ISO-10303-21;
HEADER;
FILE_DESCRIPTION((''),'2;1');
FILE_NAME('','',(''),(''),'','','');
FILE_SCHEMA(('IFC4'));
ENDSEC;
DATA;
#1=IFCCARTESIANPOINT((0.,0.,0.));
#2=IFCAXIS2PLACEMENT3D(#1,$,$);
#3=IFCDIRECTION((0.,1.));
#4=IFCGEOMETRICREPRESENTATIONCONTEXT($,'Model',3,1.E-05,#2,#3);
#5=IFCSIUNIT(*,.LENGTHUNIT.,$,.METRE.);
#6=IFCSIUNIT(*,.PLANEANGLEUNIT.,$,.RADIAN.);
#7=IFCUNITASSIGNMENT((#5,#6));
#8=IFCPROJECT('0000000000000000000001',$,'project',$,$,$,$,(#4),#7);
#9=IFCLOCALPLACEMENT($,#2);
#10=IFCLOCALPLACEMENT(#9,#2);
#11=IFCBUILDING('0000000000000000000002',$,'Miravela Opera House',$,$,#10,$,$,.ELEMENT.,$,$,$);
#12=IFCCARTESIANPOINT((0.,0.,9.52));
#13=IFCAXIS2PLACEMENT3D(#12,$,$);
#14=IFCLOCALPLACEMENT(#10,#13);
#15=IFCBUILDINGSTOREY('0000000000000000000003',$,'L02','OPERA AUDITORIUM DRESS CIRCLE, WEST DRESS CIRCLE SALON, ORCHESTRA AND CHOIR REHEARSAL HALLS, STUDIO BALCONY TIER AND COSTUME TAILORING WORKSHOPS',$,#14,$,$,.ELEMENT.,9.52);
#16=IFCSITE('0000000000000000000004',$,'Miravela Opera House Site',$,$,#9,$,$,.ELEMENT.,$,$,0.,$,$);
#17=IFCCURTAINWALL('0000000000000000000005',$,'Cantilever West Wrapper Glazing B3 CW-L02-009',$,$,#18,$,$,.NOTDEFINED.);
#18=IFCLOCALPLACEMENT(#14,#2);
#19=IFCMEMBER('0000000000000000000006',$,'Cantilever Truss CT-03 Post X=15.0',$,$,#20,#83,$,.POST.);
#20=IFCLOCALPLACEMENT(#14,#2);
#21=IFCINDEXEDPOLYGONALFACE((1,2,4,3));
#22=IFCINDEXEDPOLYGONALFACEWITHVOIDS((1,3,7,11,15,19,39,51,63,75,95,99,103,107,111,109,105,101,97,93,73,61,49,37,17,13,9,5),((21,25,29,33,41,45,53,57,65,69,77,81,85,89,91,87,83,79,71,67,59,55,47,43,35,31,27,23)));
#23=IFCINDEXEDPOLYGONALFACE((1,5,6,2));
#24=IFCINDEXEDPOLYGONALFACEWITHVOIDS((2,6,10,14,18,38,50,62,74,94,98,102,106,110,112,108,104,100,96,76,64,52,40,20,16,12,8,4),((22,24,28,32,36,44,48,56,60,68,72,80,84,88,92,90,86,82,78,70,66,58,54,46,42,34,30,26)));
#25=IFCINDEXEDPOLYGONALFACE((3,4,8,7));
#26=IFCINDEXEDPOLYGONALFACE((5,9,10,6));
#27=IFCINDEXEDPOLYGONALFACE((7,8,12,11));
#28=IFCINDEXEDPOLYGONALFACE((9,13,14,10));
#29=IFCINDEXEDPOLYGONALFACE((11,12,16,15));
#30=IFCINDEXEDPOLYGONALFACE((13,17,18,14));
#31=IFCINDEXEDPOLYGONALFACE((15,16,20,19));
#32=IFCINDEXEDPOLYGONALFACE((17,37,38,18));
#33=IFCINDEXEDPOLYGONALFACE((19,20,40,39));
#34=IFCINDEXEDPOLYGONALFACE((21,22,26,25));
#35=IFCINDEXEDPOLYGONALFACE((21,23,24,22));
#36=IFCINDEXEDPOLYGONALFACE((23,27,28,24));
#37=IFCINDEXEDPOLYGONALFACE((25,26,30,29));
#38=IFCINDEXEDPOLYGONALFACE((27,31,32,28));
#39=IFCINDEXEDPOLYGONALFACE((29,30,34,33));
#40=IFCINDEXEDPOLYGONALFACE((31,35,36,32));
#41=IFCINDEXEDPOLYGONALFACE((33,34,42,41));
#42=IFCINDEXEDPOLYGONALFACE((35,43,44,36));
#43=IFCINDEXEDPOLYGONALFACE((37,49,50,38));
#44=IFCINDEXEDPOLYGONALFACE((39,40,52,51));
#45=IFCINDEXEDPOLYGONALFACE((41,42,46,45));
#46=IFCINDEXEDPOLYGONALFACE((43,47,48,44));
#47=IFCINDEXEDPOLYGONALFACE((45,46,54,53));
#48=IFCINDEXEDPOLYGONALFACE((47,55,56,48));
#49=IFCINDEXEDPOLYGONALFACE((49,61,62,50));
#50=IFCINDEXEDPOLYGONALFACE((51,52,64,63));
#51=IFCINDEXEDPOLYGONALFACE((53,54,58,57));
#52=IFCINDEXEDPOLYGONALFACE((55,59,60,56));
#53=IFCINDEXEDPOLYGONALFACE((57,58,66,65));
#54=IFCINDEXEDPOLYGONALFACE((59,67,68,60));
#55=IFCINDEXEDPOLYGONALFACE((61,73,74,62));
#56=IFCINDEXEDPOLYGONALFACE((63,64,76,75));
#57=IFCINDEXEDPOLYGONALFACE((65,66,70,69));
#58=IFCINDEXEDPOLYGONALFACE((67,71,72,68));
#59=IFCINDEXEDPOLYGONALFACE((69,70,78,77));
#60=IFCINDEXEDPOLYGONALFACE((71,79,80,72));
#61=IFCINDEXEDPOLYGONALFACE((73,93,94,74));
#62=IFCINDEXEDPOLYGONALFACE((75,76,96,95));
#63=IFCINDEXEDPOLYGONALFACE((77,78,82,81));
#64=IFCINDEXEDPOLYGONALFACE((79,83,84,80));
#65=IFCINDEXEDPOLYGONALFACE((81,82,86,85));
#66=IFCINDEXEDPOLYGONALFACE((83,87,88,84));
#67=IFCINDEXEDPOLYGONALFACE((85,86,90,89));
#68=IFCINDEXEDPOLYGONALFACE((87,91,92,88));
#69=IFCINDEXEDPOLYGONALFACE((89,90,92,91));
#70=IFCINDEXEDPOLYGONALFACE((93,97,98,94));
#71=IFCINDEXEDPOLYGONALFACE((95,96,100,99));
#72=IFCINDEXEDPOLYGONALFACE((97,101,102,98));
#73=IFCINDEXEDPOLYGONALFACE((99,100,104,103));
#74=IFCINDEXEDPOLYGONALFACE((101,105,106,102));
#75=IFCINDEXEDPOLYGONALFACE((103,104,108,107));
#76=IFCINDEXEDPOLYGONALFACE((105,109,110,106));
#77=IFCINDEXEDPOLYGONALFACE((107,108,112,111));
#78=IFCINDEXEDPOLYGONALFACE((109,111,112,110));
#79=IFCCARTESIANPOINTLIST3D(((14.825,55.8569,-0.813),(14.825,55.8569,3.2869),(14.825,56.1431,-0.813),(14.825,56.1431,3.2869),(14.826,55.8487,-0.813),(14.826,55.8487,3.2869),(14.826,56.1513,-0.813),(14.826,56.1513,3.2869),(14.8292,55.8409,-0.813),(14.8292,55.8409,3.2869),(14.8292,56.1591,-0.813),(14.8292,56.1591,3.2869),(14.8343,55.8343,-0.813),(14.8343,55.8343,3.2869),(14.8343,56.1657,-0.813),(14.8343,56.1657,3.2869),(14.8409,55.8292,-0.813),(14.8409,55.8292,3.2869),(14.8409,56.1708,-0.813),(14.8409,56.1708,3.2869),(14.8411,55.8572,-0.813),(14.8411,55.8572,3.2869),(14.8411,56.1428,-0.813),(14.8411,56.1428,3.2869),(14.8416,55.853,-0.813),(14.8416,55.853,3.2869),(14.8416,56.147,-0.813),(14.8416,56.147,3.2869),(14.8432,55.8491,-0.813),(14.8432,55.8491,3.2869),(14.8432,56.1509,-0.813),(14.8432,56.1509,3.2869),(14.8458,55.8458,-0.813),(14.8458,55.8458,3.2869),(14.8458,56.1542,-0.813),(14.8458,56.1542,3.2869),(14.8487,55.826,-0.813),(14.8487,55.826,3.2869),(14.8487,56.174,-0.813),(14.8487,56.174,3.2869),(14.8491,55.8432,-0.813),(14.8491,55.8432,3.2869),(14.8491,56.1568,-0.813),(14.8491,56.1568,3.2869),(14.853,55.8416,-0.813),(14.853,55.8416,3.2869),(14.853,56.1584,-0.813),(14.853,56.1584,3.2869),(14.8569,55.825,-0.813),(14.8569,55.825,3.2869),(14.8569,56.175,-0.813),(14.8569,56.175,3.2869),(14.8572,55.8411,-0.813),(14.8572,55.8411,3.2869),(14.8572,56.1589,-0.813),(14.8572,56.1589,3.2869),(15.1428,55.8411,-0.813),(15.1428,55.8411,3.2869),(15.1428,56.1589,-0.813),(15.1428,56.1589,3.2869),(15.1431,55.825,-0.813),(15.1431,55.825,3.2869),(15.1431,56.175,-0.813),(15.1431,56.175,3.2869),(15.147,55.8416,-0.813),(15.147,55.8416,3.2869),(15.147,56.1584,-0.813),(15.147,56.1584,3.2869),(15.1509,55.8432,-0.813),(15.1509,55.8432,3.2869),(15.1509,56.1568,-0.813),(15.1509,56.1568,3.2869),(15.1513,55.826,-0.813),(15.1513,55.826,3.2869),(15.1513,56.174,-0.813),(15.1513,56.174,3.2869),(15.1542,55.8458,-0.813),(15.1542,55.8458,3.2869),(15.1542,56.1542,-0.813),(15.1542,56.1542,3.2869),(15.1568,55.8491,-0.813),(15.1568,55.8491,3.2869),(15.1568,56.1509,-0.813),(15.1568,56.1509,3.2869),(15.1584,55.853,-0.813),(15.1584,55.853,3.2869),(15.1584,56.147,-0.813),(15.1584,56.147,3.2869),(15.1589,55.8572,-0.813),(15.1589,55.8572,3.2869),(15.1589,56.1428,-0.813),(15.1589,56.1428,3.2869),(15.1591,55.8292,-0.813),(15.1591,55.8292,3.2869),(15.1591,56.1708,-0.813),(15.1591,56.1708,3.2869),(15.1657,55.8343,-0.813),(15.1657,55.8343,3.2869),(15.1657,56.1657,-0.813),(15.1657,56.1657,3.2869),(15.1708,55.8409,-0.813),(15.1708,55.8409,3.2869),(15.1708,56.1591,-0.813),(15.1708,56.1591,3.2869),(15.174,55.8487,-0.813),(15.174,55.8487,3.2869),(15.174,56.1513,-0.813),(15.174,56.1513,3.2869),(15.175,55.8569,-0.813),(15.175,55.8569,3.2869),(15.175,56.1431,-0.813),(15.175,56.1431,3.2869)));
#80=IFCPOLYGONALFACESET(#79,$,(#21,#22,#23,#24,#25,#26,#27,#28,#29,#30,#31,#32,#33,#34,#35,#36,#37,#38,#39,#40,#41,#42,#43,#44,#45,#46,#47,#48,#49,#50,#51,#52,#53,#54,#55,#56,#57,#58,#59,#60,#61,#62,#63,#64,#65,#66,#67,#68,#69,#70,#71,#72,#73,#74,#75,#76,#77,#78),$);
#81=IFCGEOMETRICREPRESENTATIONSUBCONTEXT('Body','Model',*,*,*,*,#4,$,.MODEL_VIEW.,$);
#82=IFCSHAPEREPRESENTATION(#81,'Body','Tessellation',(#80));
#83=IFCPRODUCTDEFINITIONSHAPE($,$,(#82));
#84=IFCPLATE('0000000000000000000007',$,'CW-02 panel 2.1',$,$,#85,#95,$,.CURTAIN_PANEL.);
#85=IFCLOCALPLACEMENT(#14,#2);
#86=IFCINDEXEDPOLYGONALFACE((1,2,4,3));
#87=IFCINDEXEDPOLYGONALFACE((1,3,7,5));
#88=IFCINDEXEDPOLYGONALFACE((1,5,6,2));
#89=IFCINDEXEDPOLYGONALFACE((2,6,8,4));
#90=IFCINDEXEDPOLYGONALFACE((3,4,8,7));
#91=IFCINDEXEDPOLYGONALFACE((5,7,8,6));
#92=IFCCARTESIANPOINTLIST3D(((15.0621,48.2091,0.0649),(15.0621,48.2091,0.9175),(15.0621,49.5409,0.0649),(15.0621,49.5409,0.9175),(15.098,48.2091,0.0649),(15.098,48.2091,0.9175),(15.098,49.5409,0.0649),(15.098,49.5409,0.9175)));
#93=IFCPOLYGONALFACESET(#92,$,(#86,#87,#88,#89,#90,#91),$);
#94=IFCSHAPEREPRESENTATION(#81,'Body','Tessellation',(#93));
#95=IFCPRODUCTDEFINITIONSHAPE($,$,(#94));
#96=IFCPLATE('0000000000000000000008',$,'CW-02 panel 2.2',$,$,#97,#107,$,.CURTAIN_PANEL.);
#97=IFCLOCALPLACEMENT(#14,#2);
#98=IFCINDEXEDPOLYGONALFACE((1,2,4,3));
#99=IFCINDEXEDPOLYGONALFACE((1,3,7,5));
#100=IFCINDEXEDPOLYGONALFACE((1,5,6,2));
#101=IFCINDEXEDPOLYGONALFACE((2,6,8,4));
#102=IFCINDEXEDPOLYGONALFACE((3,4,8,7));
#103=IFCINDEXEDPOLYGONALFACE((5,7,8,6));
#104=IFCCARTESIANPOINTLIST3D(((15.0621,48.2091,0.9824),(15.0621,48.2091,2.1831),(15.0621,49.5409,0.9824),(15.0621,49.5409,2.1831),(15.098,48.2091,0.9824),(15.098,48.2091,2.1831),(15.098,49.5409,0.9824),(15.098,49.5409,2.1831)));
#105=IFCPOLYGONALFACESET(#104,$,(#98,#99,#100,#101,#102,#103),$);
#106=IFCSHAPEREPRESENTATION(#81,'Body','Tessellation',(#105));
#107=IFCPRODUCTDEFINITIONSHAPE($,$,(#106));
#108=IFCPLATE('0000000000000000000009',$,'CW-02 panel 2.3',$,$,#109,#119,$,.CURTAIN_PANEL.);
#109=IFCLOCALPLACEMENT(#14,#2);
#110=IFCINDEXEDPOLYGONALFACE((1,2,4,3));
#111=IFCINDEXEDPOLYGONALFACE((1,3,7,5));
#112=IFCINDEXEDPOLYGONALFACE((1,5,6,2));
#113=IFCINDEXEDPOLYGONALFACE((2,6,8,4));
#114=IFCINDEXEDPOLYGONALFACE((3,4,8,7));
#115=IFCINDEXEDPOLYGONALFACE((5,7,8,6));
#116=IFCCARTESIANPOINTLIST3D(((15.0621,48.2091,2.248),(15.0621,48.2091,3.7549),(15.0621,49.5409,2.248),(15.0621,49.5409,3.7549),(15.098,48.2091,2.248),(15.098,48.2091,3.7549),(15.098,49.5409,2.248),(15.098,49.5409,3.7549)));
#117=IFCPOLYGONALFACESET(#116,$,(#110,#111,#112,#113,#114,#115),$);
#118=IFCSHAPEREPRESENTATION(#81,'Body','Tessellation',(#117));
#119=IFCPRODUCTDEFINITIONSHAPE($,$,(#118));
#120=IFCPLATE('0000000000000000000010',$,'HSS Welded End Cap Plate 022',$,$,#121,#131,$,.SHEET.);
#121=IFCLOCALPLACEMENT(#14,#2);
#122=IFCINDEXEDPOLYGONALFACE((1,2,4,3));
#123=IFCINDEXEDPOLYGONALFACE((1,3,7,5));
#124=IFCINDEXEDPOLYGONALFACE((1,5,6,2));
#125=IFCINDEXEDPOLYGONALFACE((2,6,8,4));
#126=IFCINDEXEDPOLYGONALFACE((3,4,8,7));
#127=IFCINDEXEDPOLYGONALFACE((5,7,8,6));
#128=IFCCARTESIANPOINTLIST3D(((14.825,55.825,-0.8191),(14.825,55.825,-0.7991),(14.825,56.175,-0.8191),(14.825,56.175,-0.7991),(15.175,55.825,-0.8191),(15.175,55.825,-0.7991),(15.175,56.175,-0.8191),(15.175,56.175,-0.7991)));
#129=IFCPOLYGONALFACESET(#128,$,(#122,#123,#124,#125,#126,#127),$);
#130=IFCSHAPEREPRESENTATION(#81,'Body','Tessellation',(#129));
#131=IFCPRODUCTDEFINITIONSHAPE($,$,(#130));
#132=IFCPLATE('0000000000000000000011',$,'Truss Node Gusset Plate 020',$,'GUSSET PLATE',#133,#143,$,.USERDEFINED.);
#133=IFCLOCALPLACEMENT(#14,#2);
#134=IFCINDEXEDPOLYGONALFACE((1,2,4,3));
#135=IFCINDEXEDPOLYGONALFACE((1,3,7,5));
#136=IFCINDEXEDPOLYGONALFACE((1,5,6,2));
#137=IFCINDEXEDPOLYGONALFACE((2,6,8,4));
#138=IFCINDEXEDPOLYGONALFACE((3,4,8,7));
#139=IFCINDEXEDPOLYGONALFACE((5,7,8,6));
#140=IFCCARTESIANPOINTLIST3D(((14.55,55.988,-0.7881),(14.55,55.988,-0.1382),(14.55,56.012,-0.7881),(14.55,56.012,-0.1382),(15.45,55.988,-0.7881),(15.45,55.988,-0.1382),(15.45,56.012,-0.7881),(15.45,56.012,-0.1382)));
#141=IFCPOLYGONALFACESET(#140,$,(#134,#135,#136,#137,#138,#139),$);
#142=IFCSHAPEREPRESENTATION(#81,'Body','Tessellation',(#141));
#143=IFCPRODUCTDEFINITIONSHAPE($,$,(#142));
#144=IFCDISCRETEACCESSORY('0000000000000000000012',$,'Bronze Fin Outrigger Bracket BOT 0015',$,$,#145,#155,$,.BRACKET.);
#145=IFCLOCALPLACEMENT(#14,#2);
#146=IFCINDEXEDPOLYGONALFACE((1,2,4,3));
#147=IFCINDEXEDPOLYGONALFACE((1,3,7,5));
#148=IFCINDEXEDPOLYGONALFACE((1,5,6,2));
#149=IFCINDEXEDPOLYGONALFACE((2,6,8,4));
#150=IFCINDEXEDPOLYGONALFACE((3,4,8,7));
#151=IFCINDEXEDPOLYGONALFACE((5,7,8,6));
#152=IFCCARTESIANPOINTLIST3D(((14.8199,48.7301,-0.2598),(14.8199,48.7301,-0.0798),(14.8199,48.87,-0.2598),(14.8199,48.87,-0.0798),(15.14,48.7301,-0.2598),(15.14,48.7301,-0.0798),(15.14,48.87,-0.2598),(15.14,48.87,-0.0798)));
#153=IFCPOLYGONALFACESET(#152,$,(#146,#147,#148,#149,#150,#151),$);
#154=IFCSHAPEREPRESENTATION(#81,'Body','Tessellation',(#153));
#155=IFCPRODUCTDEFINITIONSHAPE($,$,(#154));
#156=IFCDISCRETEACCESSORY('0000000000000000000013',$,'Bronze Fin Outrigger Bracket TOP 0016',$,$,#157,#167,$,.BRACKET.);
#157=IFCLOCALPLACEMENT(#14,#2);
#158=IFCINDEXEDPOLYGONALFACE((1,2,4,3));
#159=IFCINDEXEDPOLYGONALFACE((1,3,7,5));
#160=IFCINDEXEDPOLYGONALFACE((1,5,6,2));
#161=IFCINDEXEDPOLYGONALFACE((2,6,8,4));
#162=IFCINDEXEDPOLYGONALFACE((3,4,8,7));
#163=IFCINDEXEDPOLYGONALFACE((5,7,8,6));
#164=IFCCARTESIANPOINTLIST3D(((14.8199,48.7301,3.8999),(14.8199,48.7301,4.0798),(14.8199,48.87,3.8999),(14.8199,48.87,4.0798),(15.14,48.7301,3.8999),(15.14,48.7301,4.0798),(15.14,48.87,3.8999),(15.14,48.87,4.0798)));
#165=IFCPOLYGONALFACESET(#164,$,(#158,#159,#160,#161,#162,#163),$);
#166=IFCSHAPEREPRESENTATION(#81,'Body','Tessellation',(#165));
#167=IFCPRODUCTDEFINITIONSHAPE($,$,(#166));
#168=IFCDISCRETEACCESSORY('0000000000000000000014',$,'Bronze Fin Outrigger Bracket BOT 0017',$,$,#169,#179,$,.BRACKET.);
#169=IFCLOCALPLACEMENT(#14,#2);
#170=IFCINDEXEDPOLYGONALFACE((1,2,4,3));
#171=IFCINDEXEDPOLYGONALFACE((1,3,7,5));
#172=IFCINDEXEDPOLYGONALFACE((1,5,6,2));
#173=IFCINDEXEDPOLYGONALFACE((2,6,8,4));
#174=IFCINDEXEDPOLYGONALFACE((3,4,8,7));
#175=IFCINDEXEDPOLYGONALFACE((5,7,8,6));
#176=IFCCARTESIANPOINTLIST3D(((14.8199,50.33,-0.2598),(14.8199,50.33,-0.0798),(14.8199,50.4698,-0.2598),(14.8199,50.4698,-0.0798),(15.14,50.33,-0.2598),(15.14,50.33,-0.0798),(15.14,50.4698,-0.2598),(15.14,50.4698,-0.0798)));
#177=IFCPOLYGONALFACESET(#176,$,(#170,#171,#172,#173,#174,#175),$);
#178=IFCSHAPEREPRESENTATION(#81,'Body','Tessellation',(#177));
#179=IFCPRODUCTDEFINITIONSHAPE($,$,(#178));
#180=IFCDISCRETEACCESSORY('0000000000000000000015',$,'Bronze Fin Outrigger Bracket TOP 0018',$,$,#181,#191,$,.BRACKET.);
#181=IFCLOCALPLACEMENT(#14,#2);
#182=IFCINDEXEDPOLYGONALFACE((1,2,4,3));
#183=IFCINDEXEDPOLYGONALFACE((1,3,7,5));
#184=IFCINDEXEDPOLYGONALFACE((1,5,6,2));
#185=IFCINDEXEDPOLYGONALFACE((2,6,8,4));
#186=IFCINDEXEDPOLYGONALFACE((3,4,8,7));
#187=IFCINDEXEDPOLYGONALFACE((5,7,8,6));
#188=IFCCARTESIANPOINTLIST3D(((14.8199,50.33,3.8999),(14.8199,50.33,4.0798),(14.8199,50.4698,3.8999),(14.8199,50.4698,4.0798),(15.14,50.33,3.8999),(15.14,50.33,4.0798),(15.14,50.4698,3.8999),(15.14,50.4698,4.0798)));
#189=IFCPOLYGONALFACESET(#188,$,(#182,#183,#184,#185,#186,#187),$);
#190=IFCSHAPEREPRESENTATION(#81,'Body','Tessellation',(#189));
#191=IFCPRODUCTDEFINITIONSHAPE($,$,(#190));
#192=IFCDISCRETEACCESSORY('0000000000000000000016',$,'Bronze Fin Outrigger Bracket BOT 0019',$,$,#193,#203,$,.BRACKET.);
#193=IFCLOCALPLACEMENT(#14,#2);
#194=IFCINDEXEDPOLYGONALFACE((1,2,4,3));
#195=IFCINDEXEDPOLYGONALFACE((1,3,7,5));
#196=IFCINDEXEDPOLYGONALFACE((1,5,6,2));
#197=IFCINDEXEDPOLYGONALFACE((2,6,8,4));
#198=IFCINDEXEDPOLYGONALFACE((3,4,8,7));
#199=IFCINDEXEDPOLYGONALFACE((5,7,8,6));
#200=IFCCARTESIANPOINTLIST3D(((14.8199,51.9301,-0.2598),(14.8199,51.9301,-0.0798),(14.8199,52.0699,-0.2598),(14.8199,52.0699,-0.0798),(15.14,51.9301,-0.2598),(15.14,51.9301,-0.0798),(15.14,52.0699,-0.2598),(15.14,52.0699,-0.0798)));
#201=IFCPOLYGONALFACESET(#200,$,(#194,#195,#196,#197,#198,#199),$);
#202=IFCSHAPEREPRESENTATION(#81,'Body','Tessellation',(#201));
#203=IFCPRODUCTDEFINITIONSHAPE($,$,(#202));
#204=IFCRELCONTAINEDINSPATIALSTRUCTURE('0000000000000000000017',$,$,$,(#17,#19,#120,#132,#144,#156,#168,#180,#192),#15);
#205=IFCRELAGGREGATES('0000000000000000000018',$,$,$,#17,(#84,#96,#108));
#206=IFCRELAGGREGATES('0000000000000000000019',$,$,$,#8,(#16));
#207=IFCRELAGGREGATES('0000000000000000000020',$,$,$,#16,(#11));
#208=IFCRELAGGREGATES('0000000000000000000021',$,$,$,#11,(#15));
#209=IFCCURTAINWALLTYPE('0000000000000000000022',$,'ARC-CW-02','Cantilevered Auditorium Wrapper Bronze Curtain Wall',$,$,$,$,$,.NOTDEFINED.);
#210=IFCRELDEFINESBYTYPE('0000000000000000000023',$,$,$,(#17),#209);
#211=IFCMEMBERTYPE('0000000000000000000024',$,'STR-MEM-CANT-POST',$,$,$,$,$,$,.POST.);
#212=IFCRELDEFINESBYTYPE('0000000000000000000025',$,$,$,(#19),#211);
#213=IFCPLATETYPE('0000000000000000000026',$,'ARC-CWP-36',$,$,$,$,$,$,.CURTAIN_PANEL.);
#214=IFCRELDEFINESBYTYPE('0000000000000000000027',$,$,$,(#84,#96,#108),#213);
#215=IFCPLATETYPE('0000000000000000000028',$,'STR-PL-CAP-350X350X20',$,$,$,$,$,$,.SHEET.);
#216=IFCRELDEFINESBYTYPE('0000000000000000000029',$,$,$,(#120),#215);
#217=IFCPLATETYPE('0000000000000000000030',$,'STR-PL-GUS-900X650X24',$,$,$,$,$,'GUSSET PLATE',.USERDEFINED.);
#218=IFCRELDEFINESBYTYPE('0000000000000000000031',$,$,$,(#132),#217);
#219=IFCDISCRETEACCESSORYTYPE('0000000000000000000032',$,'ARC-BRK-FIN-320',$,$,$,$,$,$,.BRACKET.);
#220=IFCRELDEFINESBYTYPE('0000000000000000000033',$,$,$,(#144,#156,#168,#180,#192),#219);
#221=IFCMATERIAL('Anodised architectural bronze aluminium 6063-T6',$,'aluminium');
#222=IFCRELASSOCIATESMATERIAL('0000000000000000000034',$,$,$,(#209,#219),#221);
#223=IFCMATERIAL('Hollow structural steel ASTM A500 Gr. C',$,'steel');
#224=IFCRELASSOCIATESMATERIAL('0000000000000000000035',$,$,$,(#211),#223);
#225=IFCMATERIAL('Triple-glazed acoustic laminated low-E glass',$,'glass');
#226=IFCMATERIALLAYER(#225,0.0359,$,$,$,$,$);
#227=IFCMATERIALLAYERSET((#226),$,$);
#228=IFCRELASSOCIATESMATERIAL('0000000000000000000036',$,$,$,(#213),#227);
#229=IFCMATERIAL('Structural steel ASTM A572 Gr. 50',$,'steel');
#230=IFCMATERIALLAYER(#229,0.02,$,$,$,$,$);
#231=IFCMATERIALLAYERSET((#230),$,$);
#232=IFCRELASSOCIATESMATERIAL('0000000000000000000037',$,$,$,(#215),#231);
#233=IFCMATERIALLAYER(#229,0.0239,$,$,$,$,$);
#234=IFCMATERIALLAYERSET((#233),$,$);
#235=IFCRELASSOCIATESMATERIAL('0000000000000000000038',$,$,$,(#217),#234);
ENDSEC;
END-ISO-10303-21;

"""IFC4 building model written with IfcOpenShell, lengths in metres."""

from ifc_helpers import new_model, si_unit, direction, frame, origin, origin_2d, place, context, subcontext, project, spatial, rectangle, hollow_rectangle, extrude, material, layer, layer_set, material_profile, profile_set, type_object, element, aggregate, save


model = new_model("IFC4")

# Units and contexts
model_context = context("Model", 3, precision=1e-05, world=origin(), true_north=direction((0.0, 1.0)))
body_context = subcontext(model_context, "Body", "Model", "MODEL_VIEW")
ifc_project = project(units=[si_unit("LENGTHUNIT", "METRE"), si_unit("PLANEANGLEUNIT", "RADIAN")], contexts=[model_context])

# Site, building, storey
site_placement = place(None, origin())
site = spatial("IfcSite", under=ifc_project, at=site_placement, Name="Miravela Opera House Site", CompositionType="ELEMENT", RefElevation=0.0)
building_placement = place(site_placement, origin())
building = spatial("IfcBuilding", under=site, at=building_placement, Name="Miravela Opera House", CompositionType="ELEMENT")
storey_placement = place(building_placement, frame((0.0, 0.0, 9.52)))
storey = spatial("IfcBuildingStorey", under=building, at=storey_placement, Name="L02", Description="OPERA AUDITORIUM DRESS CIRCLE, WEST DRESS CIRCLE SALON, ORCHESTRA AND CHOIR REHEARSAL HALLS, STUDIO BALCONY TIER AND COSTUME TAILORING WORKSHOPS", CompositionType="ELEMENT", Elevation=9.52)

# Curtain wall
ifc_material_1 = material(Name="Anodised architectural bronze aluminium 6063-T6", Category="aluminium")
curtain_wall_type = type_object("IfcCurtainWallType", Name="ARC-CW-02", Description="Cantilevered Auditorium Wrapper Bronze Curtain Wall", PredefinedType="NOTDEFINED", material=ifc_material_1)
curtain_wall_placement = place(storey_placement, origin())
curtain_wall = element("IfcCurtainWall", 1, at=curtain_wall_placement, inside=storey, type_object=curtain_wall_type, Name="Cantilever West Wrapper Glazing B3 CW-L02-009", PredefinedType="NOTDEFINED")

# Member
ifc_material_2 = material(Name="Hollow structural steel ASTM A500 Gr. C", Category="steel")
ifc_material_profile_1 = material_profile(ifc_material_2, hollow_rectangle(XDim=0.3501, YDim=0.3501, WallThickness=0.0161, InnerFilletRadius=0.0161, OuterFilletRadius=0.032, at=origin_2d()), Name="HSS350X350X16")
ifc_profile_set_1 = profile_set([ifc_material_profile_1])
member_type_1 = type_object("IfcMemberType", Name="STR-MEM-CANT-POST", PredefinedType="POST", material=ifc_profile_set_1)
member_1_placement = place(storey_placement, frame((15.0, 56.0, -0.813), z_axis=(0.0, 0.0, 1.0), x_axis=(1.0, 0.0, 0.0)))
element("IfcMember", 2, at=member_1_placement, inside=storey, type_object=member_type_1, Name="Cantilever Truss CT-03 Post X=15.0", PredefinedType="POST", context=body_context, shape_type="SweptSolid", body=[
    extrude(hollow_rectangle(XDim=0.3501, YDim=0.3501, WallThickness=0.0161, InnerFilletRadius=0.0161, OuterFilletRadius=0.032, at=origin_2d()), origin(), (0.0, 0.0, 1.0), 4.0999),
])

# Plates
ifc_material_3 = material(Name="Triple-glazed acoustic laminated low-E glass", Category="glass")
ifc_layer_1 = layer(ifc_material_3, 0.0359)
ifc_layer_set_1 = layer_set([ifc_layer_1])
plate_type_1 = type_object("IfcPlateType", Name="ARC-CWP-36", PredefinedType="CURTAIN_PANEL", material=ifc_layer_set_1)
plate_1_placement = place(storey_placement, frame((15.0801, 48.875, 0.0649), z_axis=(0.0, 0.0, 1.0), x_axis=(0.0, 1.0, 0.0)))
plate_1 = element("IfcPlate", 3, at=plate_1_placement, type_object=plate_type_1, Name="CW-02 panel 2.1", PredefinedType="CURTAIN_PANEL", context=body_context, shape_type="SweptSolid", body=[
    extrude(rectangle(XDim=1.3318, YDim=0.0359, at=origin_2d()), origin(), (0.0, 0.0, 1.0), 0.8525),
])
plate_2_placement = place(storey_placement, frame((15.0801, 48.875, 0.9824), z_axis=(0.0, 0.0, 1.0), x_axis=(0.0, 1.0, 0.0)))
plate_2 = element("IfcPlate", 4, at=plate_2_placement, type_object=plate_type_1, Name="CW-02 panel 2.2", PredefinedType="CURTAIN_PANEL", context=body_context, shape_type="SweptSolid", body=[
    extrude(rectangle(XDim=1.3318, YDim=0.0359, at=origin_2d()), origin(), (0.0, 0.0, 1.0), 1.2007),
])
plate_3_placement = place(storey_placement, frame((15.0801, 48.875, 2.248), z_axis=(0.0, 0.0, 1.0), x_axis=(0.0, 1.0, 0.0)))
plate_3 = element("IfcPlate", 5, at=plate_3_placement, type_object=plate_type_1, Name="CW-02 panel 2.3", PredefinedType="CURTAIN_PANEL", context=body_context, shape_type="SweptSolid", body=[
    extrude(rectangle(XDim=1.3318, YDim=0.0359, at=origin_2d()), origin(), (0.0, 0.0, 1.0), 1.5068),
])
aggregate(curtain_wall, [plate_1, plate_2, plate_3])

# Plates
ifc_material_4 = material(Name="Structural steel ASTM A572 Gr. 50", Category="steel")
ifc_layer_2 = layer(ifc_material_4, 0.02)
ifc_layer_set_2 = layer_set([ifc_layer_2])
plate_type_2 = type_object("IfcPlateType", Name="STR-PL-CAP-350X350X20", PredefinedType="SHEET", material=ifc_layer_set_2)
plate_4_placement = place(storey_placement, frame((15.0, 56.0, -0.8191), z_axis=(0.0, 0.0, 1.0), x_axis=(1.0, 0.0, 0.0)))
element("IfcPlate", 6, at=plate_4_placement, inside=storey, type_object=plate_type_2, Name="HSS Welded End Cap Plate 022", PredefinedType="SHEET", context=body_context, shape_type="SweptSolid", body=[
    extrude(rectangle(XDim=0.3501, YDim=0.3501, at=origin_2d()), origin(), (0.0, 0.0, 1.0), 0.02),
])
ifc_layer_3 = layer(ifc_material_4, 0.0239)
ifc_layer_set_3 = layer_set([ifc_layer_3])
plate_type_3 = type_object("IfcPlateType", Name="STR-PL-GUS-900X650X24", ElementType="GUSSET PLATE", PredefinedType="USERDEFINED", material=ifc_layer_set_3)
plate_5_placement = place(storey_placement, frame((15.0, 56.0, -0.7881), z_axis=(0.0, 0.0, 1.0), x_axis=(1.0, 0.0, 0.0)))
element("IfcPlate", 7, at=plate_5_placement, inside=storey, type_object=plate_type_3, Name="Truss Node Gusset Plate 020", ObjectType="GUSSET PLATE", PredefinedType="USERDEFINED", context=body_context, shape_type="SweptSolid", body=[
    extrude(rectangle(XDim=0.8999, YDim=0.0239, at=origin_2d()), origin(), (0.0, 0.0, 1.0), 0.6499),
])

# Discrete accessories
discrete_accessory_type = type_object("IfcDiscreteAccessoryType", Name="ARC-BRK-FIN-320", PredefinedType="BRACKET", material=ifc_material_1)
for number, where, z_axis, x_axis, name in (
    (8, (14.98, 48.8, -0.2598), (0.0, 0.0, 1.0), (1.0, 0.0, 0.0), "Bronze Fin Outrigger Bracket BOT 0015"),
    (9, (14.98, 48.8, 3.8999), (0.0, 0.0, 1.0), (1.0, 0.0, 0.0), "Bronze Fin Outrigger Bracket TOP 0016"),
    (10, (14.98, 50.3999, -0.2598), (0.0, 0.0, 1.0), (1.0, 0.0, 0.0), "Bronze Fin Outrigger Bracket BOT 0017"),
    (11, (14.98, 50.3999, 3.8999), (0.0, 0.0, 1.0), (1.0, 0.0, 0.0), "Bronze Fin Outrigger Bracket TOP 0018"),
    (12, (14.98, 52.0, -0.2598), (0.0, 0.0, 1.0), (1.0, 0.0, 0.0), "Bronze Fin Outrigger Bracket BOT 0019"),
):
    element("IfcDiscreteAccessory", number, at=place(storey_placement, frame(where, z_axis=z_axis, x_axis=x_axis)), inside=storey, type_object=discrete_accessory_type, Name=name, PredefinedType="BRACKET", context=body_context, shape_type="SweptSolid", body=[
        extrude(rectangle(XDim=0.3201, YDim=0.1399, at=origin_2d()), origin(), (0.0, 0.0, 1.0), 0.1799),
    ])

save(model, "model.ifc")
